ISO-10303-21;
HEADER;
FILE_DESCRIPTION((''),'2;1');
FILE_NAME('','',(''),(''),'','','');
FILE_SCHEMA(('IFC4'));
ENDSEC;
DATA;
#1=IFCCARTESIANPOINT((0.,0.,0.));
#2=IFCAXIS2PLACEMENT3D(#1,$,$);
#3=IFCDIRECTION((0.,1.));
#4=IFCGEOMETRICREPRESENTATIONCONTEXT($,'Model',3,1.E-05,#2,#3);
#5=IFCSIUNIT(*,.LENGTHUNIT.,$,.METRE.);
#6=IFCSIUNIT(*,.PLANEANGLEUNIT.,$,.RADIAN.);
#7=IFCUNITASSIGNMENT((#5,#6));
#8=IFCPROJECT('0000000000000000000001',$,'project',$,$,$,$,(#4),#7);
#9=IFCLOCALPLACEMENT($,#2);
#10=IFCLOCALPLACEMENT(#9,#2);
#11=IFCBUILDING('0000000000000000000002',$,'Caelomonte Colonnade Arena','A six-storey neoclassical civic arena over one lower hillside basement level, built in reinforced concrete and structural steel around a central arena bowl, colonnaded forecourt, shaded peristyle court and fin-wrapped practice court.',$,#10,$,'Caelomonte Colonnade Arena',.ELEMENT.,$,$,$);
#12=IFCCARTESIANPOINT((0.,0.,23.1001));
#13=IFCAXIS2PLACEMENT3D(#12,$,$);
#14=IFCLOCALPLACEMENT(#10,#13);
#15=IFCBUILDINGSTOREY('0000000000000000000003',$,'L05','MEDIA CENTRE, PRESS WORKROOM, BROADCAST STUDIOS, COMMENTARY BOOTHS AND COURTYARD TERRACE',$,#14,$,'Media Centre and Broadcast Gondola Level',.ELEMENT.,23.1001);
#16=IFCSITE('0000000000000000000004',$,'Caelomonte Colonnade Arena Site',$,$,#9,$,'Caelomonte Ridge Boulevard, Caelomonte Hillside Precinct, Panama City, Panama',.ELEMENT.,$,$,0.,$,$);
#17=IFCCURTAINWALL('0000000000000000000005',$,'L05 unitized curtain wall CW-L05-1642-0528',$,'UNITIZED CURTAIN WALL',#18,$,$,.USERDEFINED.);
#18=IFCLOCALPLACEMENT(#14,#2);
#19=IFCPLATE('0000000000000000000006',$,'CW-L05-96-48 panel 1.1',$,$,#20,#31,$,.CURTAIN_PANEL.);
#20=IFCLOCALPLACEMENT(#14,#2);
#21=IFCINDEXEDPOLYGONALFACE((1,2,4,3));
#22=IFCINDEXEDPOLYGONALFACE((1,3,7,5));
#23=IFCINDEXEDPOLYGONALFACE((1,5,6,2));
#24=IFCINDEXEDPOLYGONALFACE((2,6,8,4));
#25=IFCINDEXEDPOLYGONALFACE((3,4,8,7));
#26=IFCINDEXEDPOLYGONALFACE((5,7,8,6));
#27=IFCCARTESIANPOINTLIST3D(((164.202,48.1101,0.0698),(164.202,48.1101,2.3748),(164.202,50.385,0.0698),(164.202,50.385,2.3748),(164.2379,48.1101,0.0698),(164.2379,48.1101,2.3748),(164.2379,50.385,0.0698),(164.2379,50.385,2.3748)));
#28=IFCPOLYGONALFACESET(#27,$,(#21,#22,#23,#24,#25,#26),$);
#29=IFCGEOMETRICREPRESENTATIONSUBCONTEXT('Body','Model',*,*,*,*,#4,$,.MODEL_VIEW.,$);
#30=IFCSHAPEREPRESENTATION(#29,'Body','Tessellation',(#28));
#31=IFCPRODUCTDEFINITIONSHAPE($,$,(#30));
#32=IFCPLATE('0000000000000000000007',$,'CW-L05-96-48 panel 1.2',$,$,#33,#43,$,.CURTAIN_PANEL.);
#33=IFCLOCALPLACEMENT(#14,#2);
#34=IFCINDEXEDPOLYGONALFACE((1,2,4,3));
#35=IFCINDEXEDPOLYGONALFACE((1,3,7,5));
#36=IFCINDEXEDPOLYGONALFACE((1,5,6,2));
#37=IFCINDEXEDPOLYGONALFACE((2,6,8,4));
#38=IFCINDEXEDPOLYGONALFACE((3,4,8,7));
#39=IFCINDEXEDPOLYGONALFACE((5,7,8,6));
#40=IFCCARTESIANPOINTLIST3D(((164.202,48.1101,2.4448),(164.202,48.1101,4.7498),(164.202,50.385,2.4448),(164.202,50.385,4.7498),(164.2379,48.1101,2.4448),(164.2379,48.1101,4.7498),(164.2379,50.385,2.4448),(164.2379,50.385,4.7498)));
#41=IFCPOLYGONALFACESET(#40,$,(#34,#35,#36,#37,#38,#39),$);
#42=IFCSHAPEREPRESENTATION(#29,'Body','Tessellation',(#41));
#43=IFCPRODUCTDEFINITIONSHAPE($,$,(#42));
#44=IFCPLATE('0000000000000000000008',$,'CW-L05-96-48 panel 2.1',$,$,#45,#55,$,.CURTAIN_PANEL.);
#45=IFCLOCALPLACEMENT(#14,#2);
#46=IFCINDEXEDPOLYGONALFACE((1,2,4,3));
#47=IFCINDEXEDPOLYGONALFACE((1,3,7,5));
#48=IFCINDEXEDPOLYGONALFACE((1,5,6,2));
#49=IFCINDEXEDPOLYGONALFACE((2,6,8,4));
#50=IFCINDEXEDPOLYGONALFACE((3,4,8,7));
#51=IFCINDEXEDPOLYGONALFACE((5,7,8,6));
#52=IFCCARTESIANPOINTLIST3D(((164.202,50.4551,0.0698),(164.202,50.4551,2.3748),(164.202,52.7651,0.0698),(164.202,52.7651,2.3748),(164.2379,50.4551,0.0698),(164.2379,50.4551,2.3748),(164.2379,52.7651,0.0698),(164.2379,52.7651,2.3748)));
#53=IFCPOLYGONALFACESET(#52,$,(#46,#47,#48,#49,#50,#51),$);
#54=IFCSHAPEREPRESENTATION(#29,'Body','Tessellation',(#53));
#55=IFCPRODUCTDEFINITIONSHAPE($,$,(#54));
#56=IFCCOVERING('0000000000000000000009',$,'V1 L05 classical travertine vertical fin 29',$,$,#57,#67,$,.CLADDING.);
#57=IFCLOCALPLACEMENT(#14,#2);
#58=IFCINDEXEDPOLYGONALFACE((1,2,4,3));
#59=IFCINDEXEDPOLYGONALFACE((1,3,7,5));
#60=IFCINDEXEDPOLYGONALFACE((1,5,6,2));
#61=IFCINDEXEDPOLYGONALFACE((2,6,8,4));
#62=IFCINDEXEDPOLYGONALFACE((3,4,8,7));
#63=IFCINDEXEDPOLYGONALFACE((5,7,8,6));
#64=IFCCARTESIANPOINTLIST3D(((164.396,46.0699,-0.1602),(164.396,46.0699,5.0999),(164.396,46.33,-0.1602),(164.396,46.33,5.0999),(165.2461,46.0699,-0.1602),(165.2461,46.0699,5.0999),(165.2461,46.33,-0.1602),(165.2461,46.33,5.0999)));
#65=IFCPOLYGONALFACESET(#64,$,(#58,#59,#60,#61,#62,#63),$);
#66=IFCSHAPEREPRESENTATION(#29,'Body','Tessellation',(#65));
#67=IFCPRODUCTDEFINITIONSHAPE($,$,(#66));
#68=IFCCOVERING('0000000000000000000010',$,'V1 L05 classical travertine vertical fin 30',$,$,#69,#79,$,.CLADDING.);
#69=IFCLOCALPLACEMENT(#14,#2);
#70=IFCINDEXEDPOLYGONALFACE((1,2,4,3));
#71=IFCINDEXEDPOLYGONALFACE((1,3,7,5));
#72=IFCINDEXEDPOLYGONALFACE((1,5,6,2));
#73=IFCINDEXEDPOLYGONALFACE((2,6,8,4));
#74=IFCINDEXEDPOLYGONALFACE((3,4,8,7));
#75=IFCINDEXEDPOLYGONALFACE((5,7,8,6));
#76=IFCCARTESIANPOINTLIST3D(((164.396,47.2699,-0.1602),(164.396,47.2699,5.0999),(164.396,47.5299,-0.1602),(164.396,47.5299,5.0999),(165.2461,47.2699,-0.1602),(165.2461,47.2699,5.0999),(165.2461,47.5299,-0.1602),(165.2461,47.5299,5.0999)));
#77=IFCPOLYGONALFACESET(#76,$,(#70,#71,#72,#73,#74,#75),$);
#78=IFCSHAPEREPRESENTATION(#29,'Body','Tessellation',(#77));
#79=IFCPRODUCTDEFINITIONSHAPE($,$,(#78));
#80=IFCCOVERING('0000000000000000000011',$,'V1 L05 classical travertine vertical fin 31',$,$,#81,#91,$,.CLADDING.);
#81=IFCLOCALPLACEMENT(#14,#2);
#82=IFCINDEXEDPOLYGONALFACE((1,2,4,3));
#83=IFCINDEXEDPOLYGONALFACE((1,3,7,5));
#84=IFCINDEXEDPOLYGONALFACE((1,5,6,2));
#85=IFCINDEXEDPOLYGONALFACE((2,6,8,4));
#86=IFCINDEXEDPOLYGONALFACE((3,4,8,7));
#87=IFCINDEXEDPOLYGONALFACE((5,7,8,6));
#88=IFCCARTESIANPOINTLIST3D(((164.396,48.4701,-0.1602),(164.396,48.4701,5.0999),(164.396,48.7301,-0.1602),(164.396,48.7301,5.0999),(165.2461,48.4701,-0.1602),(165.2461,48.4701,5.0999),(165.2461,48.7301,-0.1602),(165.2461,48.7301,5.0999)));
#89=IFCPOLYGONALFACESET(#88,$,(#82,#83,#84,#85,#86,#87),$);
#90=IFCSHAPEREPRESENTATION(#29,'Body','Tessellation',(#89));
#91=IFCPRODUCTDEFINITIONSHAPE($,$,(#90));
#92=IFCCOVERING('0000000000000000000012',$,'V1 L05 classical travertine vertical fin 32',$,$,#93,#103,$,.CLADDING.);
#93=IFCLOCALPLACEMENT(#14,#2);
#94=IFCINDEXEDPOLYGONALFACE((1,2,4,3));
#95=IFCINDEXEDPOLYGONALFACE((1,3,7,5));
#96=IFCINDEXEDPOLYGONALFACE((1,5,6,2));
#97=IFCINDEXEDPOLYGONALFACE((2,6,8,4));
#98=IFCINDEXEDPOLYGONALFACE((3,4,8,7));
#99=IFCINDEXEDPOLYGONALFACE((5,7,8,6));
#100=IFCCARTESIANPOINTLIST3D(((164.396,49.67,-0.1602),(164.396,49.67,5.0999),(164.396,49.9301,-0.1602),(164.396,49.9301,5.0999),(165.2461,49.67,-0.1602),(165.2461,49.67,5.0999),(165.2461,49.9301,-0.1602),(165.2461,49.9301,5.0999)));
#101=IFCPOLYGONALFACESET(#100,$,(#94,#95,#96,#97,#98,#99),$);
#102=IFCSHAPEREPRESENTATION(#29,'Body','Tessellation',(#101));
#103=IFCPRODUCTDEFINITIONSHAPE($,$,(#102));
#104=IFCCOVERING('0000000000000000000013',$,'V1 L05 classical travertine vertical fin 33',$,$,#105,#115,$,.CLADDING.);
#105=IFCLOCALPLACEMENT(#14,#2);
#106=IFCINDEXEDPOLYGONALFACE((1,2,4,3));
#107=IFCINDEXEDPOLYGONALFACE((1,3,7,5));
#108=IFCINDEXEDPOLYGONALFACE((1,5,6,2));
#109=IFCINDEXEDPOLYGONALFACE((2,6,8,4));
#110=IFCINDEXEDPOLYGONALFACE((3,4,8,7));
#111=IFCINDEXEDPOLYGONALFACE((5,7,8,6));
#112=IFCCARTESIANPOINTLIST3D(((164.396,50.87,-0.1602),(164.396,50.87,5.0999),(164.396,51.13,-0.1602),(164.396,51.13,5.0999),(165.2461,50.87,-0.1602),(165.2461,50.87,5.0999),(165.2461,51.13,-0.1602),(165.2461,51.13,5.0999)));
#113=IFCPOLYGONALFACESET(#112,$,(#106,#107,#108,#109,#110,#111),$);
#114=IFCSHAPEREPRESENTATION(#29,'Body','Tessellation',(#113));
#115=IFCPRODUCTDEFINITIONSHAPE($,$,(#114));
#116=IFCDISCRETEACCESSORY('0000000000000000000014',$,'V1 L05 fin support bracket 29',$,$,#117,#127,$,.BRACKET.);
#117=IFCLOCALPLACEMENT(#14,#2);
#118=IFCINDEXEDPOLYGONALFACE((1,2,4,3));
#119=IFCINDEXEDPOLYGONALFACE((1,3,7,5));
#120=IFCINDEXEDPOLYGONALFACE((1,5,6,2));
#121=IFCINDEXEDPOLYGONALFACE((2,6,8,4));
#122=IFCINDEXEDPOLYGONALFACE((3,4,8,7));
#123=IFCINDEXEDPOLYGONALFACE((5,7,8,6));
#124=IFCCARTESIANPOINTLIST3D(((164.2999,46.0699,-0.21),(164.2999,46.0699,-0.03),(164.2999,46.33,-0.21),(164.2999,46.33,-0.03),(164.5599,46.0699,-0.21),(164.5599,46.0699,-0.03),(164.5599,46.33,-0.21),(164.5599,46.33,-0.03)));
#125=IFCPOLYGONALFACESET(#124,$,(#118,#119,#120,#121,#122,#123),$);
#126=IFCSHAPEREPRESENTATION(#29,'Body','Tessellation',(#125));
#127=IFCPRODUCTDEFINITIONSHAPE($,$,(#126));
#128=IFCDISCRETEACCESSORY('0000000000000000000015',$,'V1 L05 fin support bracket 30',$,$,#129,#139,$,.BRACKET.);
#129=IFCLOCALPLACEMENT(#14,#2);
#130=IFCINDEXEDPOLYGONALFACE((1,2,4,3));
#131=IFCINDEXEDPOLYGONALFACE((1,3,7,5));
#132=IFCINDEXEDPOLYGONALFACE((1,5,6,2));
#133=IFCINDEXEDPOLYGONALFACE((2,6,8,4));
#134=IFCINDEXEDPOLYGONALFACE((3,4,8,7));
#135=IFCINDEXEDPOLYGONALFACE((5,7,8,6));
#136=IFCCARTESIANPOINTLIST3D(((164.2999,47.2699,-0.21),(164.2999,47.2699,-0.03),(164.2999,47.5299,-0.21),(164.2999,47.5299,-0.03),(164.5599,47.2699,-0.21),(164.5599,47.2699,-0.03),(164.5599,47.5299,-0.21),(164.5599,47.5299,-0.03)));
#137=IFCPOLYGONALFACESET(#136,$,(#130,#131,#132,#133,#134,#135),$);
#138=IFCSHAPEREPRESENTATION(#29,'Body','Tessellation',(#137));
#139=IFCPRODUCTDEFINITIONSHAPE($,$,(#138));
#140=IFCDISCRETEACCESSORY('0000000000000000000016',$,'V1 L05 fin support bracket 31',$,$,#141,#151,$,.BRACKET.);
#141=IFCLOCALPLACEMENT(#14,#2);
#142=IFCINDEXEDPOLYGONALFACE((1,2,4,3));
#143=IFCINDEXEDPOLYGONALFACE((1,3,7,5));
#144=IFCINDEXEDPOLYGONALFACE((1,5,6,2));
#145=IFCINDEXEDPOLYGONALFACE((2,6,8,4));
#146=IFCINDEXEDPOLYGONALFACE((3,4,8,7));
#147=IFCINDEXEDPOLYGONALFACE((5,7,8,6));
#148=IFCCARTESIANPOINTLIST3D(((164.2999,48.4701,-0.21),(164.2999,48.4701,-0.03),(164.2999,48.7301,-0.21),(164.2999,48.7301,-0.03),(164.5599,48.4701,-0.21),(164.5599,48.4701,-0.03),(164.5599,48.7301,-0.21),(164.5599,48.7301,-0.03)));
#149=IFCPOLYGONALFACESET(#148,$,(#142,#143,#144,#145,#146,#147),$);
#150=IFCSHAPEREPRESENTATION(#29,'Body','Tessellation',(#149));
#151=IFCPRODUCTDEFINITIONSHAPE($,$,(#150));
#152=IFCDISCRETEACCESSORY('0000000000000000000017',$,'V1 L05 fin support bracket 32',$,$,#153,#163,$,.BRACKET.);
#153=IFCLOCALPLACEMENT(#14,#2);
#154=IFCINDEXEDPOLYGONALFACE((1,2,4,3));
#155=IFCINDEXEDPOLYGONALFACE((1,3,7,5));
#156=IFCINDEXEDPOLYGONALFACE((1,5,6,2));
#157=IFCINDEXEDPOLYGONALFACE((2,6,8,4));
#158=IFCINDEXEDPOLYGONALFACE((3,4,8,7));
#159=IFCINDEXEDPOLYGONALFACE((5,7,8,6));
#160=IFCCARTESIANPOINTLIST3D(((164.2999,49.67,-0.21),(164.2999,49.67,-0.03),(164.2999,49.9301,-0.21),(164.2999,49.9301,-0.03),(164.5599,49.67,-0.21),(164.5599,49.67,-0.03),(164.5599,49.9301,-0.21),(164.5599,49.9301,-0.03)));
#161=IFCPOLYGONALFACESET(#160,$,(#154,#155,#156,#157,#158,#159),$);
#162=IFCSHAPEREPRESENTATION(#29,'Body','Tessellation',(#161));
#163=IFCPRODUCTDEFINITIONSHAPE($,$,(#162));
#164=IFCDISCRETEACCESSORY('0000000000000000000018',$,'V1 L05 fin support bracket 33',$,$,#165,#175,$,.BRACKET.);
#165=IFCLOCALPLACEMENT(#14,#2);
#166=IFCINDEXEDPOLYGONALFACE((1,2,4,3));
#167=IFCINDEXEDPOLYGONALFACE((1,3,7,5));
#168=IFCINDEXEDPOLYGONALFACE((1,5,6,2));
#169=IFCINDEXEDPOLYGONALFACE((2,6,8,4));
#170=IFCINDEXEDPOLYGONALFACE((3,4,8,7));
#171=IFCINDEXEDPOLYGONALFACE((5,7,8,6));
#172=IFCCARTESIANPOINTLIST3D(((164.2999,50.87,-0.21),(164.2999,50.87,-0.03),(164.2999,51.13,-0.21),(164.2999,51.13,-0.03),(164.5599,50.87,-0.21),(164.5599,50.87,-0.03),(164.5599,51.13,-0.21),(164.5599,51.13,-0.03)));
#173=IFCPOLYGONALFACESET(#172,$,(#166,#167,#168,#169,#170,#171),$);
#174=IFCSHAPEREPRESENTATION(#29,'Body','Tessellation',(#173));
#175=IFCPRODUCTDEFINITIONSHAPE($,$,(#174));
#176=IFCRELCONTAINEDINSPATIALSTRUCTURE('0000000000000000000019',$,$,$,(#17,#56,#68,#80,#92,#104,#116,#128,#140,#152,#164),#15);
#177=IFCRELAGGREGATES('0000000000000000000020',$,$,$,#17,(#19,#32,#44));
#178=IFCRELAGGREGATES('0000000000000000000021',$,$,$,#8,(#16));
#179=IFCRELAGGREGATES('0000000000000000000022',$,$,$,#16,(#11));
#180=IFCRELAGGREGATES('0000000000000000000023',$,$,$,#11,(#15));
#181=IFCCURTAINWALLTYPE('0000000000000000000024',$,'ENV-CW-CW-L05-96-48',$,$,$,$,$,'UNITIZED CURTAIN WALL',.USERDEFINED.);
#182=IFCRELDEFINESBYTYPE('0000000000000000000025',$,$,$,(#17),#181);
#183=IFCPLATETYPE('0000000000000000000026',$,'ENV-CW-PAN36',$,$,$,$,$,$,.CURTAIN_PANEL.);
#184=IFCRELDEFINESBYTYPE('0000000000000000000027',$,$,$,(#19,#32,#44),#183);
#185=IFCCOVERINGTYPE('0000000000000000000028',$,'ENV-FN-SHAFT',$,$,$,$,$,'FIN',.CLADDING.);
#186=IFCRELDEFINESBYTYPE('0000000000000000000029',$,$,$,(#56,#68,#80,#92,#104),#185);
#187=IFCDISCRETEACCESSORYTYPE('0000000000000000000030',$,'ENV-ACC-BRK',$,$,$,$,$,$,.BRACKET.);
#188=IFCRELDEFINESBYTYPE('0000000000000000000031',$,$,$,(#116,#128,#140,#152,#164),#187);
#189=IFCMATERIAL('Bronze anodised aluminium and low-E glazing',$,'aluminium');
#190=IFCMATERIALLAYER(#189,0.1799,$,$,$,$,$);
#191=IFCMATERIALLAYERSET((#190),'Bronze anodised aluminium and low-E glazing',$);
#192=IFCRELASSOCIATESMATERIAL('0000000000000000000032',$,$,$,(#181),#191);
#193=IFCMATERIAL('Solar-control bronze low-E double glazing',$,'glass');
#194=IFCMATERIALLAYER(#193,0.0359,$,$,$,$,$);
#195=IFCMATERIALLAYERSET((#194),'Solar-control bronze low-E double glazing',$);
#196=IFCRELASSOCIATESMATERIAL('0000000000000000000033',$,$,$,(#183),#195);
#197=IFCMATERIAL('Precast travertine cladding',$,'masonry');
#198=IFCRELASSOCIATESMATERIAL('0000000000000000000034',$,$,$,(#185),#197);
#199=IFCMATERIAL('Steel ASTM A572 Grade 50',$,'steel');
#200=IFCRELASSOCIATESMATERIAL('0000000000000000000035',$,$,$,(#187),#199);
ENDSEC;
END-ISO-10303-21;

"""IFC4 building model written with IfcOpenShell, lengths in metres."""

from ifc_helpers import new_model, si_unit, direction, frame, origin, origin_2d, place, context, subcontext, project, spatial, rectangle, extrude, material, layer, layer_set, material_profile, profile_set, type_object, element, aggregate, save


model = new_model("IFC4")

# Units and contexts
model_context = context("Model", 3, precision=1e-05, world=origin(), true_north=direction((0.0, 1.0)))
body_context = subcontext(model_context, "Body", "Model", "MODEL_VIEW")
ifc_project = project(units=[si_unit("LENGTHUNIT", "METRE"), si_unit("PLANEANGLEUNIT", "RADIAN")], contexts=[model_context])

# Site, building, storey
site_placement = place(None, origin())
site = spatial("IfcSite", under=ifc_project, at=site_placement, Name="Caelomonte Colonnade Arena Site", LongName="Caelomonte Ridge Boulevard, Caelomonte Hillside Precinct, Panama City, Panama", CompositionType="ELEMENT", RefElevation=0.0)
building_placement = place(site_placement, origin())
building = spatial("IfcBuilding", under=site, at=building_placement, Name="Caelomonte Colonnade Arena", Description="A six-storey neoclassical civic arena over one lower hillside basement level, built in reinforced concrete and structural steel around a central arena bowl, colonnaded forecourt, shaded peristyle court and fin-wrapped practice court.", LongName="Caelomonte Colonnade Arena", CompositionType="ELEMENT")
storey_placement = place(building_placement, frame((0.0, 0.0, 23.1001)))
storey = spatial("IfcBuildingStorey", under=building, at=storey_placement, Name="L05", Description="MEDIA CENTRE, PRESS WORKROOM, BROADCAST STUDIOS, COMMENTARY BOOTHS AND COURTYARD TERRACE", LongName="Media Centre and Broadcast Gondola Level", CompositionType="ELEMENT", Elevation=23.1001)

# Shared definitions
ifc_material_1 = material(Name="Bronze anodised aluminium and low-E glazing", Category="aluminium")

# Curtain wall
ifc_layer_1 = layer(ifc_material_1, 0.1799)
ifc_layer_set_1 = layer_set([ifc_layer_1], Name="Bronze anodised aluminium and low-E glazing")
curtain_wall_type_1 = type_object("IfcCurtainWallType", Name="ENV-CW-CW-L05-96-48", ElementType="UNITIZED CURTAIN WALL", PredefinedType="USERDEFINED", material=ifc_layer_set_1)
curtain_wall_1_placement = place(storey_placement, origin())
curtain_wall_1 = element("IfcCurtainWall", 1, at=curtain_wall_1_placement, inside=storey, type_object=curtain_wall_type_1, Name="L05 unitized curtain wall CW-L05-1642-0528", ObjectType="UNITIZED CURTAIN WALL", PredefinedType="USERDEFINED")

# Plates
ifc_material_2 = material(Name="Solar-control bronze low-E double glazing", Category="glass")
ifc_layer_2 = layer(ifc_material_2, 0.0359)
ifc_layer_set_2 = layer_set([ifc_layer_2], Name="Solar-control bronze low-E double glazing")
plate_type = type_object("IfcPlateType", Name="ENV-CW-PAN36", PredefinedType="CURTAIN_PANEL", material=ifc_layer_set_2)
plate_1_placement = place(storey_placement, frame((164.22, 49.2476, 0.0698), z_axis=(0.0, 0.0, 1.0), x_axis=(0.0, 1.0, 0.0)))
plate_1 = element("IfcPlate", 2, at=plate_1_placement, type_object=plate_type, Name="CW-L05-96-48 panel 1.1", PredefinedType="CURTAIN_PANEL", context=body_context, shape_type="SweptSolid", body=[
    extrude(rectangle(XDim=2.2749, YDim=0.0359, at=origin_2d()), origin(), (0.0, 0.0, 1.0), 2.3049),
])
plate_2_placement = place(storey_placement, frame((164.22, 49.2476, 2.4448), z_axis=(0.0, 0.0, 1.0), x_axis=(0.0, 1.0, 0.0)))
plate_2 = element("IfcPlate", 3, at=plate_2_placement, type_object=plate_type, Name="CW-L05-96-48 panel 1.2", PredefinedType="CURTAIN_PANEL", context=body_context, shape_type="SweptSolid", body=[
    extrude(rectangle(XDim=2.2749, YDim=0.0359, at=origin_2d()), origin(), (0.0, 0.0, 1.0), 2.3049),
])
plate_3_placement = place(storey_placement, frame((164.22, 51.6101, 0.0698), z_axis=(0.0, 0.0, 1.0), x_axis=(0.0, 1.0, 0.0)))
plate_3 = element("IfcPlate", 4, at=plate_3_placement, type_object=plate_type, Name="CW-L05-96-48 panel 2.1", PredefinedType="CURTAIN_PANEL", context=body_context, shape_type="SweptSolid", body=[
    extrude(rectangle(XDim=2.3101, YDim=0.0359, at=origin_2d()), origin(), (0.0, 0.0, 1.0), 2.3049),
])
aggregate(curtain_wall_1, [plate_1, plate_2, plate_3])

# Coverings
ifc_material_3 = material(Name="Precast travertine cladding", Category="masonry")
ifc_material_profile_1 = material_profile(ifc_material_3, rectangle(XDim=0.26, YDim=0.8501, at=origin_2d()), Name="FIN260X850")
ifc_profile_set_1 = profile_set([ifc_material_profile_1], Name="Precast travertine cladding")
covering_type = type_object("IfcCoveringType", Name="ENV-FN-SHAFT", ElementType="FIN", PredefinedType="CLADDING", material=ifc_profile_set_1)
for number, where, z_axis, x_axis, name in (
    (5, (164.821, 46.2, -0.1602), (0.0, 0.0, 1.0), (0.0, -1.0, 0.0), "V1 L05 classical travertine vertical fin 29"),
    (6, (164.821, 47.3999, -0.1602), (0.0, 0.0, 1.0), (0.0, -1.0, 0.0), "V1 L05 classical travertine vertical fin 30"),
    (7, (164.821, 48.6001, -0.1602), (0.0, 0.0, 1.0), (0.0, -1.0, 0.0), "V1 L05 classical travertine vertical fin 31"),
    (8, (164.821, 49.8, -0.1602), (0.0, 0.0, 1.0), (0.0, -1.0, 0.0), "V1 L05 classical travertine vertical fin 32"),
    (9, (164.821, 51.0, -0.1602), (0.0, 0.0, 1.0), (0.0, -1.0, 0.0), "V1 L05 classical travertine vertical fin 33"),
):
    element("IfcCovering", number, at=place(storey_placement, frame(where, z_axis=z_axis, x_axis=x_axis)), inside=storey, type_object=covering_type, Name=name, PredefinedType="CLADDING", context=body_context, shape_type="SweptSolid", body=[
        extrude(rectangle(XDim=0.26, YDim=0.8501, at=origin_2d()), origin(), (0.0, 0.0, 1.0), 5.26),
    ])

# Discrete accessories
ifc_material_4 = material(Name="Steel ASTM A572 Grade 50", Category="steel")
discrete_accessory_type = type_object("IfcDiscreteAccessoryType", Name="ENV-ACC-BRK", PredefinedType="BRACKET", material=ifc_material_4)
for number, where, z_axis, x_axis, name in (
    (10, (164.4299, 46.2, -0.21), (0.0, 0.0, 1.0), (0.0, 1.0, 0.0), "V1 L05 fin support bracket 29"),
    (11, (164.4299, 47.3999, -0.21), (0.0, 0.0, 1.0), (0.0, 1.0, 0.0), "V1 L05 fin support bracket 30"),
    (12, (164.4299, 48.6001, -0.21), (0.0, 0.0, 1.0), (0.0, 1.0, 0.0), "V1 L05 fin support bracket 31"),
    (13, (164.4299, 49.8, -0.21), (0.0, 0.0, 1.0), (0.0, 1.0, 0.0), "V1 L05 fin support bracket 32"),
    (14, (164.4299, 51.0, -0.21), (0.0, 0.0, 1.0), (0.0, 1.0, 0.0), "V1 L05 fin support bracket 33"),
):
    element("IfcDiscreteAccessory", number, at=place(storey_placement, frame(where, z_axis=z_axis, x_axis=x_axis)), inside=storey, type_object=discrete_accessory_type, Name=name, PredefinedType="BRACKET", context=body_context, shape_type="SweptSolid", body=[
        extrude(rectangle(XDim=0.26, YDim=0.26, at=origin_2d()), origin(), (0.0, 0.0, 1.0), 0.1799),
    ])

save(model, "model.ifc")
